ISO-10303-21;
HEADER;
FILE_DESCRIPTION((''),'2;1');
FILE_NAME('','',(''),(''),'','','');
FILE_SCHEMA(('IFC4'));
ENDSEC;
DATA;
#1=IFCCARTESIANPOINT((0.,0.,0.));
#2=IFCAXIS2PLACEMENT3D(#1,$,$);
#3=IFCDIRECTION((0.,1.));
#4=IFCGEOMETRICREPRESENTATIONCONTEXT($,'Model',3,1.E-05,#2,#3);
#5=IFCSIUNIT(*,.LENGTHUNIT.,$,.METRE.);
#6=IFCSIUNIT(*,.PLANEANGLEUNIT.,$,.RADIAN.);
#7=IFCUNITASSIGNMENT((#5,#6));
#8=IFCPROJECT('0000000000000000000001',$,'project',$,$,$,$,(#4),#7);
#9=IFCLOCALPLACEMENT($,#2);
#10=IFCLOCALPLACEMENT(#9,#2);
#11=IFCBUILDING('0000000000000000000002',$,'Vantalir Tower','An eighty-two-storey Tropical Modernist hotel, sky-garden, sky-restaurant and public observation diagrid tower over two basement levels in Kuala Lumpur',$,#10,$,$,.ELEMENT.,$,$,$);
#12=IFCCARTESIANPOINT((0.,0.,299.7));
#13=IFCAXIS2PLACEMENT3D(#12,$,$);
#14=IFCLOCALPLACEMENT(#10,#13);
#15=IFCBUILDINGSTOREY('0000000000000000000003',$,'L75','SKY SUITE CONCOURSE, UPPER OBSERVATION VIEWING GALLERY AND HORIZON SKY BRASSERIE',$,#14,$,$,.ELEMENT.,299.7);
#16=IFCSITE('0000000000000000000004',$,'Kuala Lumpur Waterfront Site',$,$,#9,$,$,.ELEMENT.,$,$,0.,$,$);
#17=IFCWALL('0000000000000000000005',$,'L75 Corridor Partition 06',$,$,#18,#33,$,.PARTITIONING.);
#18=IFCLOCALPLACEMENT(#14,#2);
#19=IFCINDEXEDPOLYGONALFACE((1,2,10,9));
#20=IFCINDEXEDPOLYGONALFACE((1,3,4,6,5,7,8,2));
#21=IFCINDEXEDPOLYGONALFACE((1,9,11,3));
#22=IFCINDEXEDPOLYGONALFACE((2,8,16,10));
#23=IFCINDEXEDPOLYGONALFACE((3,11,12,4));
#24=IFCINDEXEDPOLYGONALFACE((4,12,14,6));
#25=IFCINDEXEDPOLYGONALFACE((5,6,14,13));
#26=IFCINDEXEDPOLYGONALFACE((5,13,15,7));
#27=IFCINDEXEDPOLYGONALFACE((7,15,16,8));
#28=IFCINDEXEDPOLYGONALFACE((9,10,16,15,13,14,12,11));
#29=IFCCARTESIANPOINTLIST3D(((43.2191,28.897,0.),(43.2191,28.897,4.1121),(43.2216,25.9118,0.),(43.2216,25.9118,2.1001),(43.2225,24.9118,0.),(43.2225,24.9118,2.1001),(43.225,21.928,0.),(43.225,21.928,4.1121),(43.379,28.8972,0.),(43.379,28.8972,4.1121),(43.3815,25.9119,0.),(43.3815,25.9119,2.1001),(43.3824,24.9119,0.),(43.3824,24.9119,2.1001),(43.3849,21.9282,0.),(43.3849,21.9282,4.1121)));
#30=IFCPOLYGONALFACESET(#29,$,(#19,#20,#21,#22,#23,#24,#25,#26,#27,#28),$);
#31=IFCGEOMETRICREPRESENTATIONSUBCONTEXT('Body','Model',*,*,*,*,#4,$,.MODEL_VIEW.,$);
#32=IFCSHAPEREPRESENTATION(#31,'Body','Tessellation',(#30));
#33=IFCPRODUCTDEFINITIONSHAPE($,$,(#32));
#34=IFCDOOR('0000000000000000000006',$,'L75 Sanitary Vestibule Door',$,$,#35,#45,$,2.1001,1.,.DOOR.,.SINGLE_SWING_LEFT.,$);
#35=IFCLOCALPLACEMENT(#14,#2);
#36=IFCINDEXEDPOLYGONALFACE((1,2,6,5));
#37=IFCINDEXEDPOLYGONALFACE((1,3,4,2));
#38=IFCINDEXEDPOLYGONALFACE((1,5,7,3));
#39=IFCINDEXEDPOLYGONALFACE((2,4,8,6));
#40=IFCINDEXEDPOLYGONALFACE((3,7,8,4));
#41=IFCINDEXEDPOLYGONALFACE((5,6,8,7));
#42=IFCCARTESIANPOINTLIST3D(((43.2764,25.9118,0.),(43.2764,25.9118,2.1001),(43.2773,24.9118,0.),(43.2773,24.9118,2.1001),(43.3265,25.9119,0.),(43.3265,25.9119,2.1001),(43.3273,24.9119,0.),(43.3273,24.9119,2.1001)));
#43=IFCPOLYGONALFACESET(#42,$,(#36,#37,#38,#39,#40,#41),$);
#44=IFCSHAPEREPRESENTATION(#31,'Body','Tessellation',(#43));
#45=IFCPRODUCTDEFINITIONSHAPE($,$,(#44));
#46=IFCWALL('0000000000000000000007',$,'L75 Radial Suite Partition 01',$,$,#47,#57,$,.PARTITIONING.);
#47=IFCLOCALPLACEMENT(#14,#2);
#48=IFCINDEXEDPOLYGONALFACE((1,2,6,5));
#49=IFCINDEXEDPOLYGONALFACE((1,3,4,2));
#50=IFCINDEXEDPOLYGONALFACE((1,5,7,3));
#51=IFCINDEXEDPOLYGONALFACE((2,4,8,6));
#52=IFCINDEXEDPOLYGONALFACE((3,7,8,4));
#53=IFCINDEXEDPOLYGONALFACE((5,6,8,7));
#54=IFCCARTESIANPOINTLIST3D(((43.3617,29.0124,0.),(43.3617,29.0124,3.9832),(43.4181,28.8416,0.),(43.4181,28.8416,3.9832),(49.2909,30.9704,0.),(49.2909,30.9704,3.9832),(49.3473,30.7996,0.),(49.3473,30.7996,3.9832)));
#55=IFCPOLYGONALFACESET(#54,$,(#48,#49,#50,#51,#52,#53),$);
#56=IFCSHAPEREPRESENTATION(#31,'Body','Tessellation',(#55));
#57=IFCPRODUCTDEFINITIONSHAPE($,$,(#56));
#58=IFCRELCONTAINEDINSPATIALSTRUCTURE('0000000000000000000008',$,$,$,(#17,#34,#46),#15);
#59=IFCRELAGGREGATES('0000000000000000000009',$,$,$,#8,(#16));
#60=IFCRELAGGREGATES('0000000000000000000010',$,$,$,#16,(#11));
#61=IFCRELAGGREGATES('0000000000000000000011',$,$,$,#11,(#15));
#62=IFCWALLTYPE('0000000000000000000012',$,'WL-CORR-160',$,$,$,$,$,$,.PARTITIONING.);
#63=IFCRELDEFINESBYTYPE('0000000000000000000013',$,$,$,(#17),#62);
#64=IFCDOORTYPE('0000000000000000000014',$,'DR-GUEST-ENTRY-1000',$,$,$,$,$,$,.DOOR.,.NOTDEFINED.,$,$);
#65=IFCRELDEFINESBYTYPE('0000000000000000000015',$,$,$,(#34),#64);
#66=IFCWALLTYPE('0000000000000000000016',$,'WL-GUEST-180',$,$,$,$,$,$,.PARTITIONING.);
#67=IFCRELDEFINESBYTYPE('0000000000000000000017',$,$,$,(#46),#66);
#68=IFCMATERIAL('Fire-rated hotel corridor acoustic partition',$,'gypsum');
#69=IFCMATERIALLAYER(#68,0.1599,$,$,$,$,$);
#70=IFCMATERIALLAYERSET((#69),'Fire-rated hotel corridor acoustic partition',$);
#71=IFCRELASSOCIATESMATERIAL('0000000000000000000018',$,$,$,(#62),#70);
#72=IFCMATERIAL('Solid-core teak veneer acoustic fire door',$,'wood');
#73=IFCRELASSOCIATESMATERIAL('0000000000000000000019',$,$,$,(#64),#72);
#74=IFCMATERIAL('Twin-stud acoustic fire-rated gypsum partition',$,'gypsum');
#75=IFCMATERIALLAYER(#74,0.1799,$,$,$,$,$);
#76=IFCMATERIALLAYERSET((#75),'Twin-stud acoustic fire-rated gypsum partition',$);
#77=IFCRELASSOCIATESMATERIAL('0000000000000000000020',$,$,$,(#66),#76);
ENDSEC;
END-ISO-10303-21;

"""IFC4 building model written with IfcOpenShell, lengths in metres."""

from ifc_helpers import new_model, si_unit, direction, frame, frame_2d, origin, place, context, subcontext, project, spatial, rectangle, extrude, material, layer, layer_set, type_object, element, fill, save


model = new_model("IFC4")

# Units and contexts
model_context = context("Model", 3, precision=1e-05, world=origin(), true_north=direction((0.0, 1.0)))
body_context = subcontext(model_context, "Body", "Model", "MODEL_VIEW")
ifc_project = project(units=[si_unit("LENGTHUNIT", "METRE"), si_unit("PLANEANGLEUNIT", "RADIAN")], contexts=[model_context])

# Site, building, storey
site_placement = place(None, origin())
site = spatial("IfcSite", under=ifc_project, at=site_placement, Name="Kuala Lumpur Waterfront Site", CompositionType="ELEMENT", RefElevation=0.0)
building_placement = place(site_placement, origin())
building = spatial("IfcBuilding", under=site, at=building_placement, Name="Vantalir Tower", Description="An eighty-two-storey Tropical Modernist hotel, sky-garden, sky-restaurant and public observation diagrid tower over two basement levels in Kuala Lumpur", CompositionType="ELEMENT")
storey_placement = place(building_placement, frame((0.0, 0.0, 299.7)))
storey = spatial("IfcBuildingStorey", under=building, at=storey_placement, Name="L75", Description="SKY SUITE CONCOURSE, UPPER OBSERVATION VIEWING GALLERY AND HORIZON SKY BRASSERIE", CompositionType="ELEMENT", Elevation=299.7)

# Wall, opening, door
ifc_material_1 = material(Name="Fire-rated hotel corridor acoustic partition", Category="gypsum")
ifc_layer_1 = layer(ifc_material_1, 0.1599)
ifc_layer_set_1 = layer_set([ifc_layer_1], Name="Fire-rated hotel corridor acoustic partition")
wall_type_1 = type_object("IfcWallType", Name="WL-CORR-160", PredefinedType="PARTITIONING", material=ifc_layer_set_1)
wall_1_placement = place(storey_placement, frame((43.2991, 28.897, 0.0), z_axis=(0.0, 0.0, 1.0), x_axis=(0.000841, -1.0, 0.0)))
wall_1 = element("IfcWall", 1, at=wall_1_placement, inside=storey, type_object=wall_type_1, Name="L75 Corridor Partition 06", PredefinedType="PARTITIONING", context=body_context, shape_type="SweptSolid", body=[
    extrude(rectangle(XDim=6.969, YDim=0.1599, at=frame_2d((3.4844, 0.0))), origin(), (0.0, 0.0, 1.0), 4.1121),
])
opening_1_placement = place(wall_1_placement, frame((2.9851, 0.0, 0.0)))
opening_1 = element("IfcOpeningElement", 2, at=opening_1_placement, cuts=wall_1, PredefinedType="OPENING", context=body_context, shape_type="SweptSolid", body=[
    extrude(rectangle(XDim=1.0, YDim=2.1001, at=frame_2d((0.5, 1.05))), frame((0.0, 0.0898, 0.0), z_axis=(0.0, -1.0, 0.0), x_axis=(1.0, 0.0, 0.0)), (0.0, 0.0, 1.0), 0.1799),
])
ifc_material_2 = material(Name="Solid-core teak veneer acoustic fire door", Category="wood")
door_type_1 = type_object("IfcDoorType", Name="DR-GUEST-ENTRY-1000", OperationType="NOTDEFINED", PredefinedType="DOOR", material=ifc_material_2)
door_1_placement = place(opening_1_placement, origin())
door_1 = element("IfcDoor", 3, at=door_1_placement, inside=storey, type_object=door_type_1, Name="L75 Sanitary Vestibule Door", OperationType="SINGLE_SWING_LEFT", OverallHeight=2.1001, OverallWidth=1.0, PredefinedType="DOOR", context=body_context, shape_type="SweptSolid", body=[
    extrude(rectangle(XDim=1.0, YDim=2.1001, at=frame_2d((0.5, 1.05))), frame((0.0, 0.0249, 0.0), z_axis=(0.0, -1.0, 0.0), x_axis=(1.0, 0.0, 0.0)), (0.0, 0.0, 1.0), 0.05),
])
fill(opening_1, door_1)

# Wall
ifc_material_3 = material(Name="Twin-stud acoustic fire-rated gypsum partition", Category="gypsum")
ifc_layer_2 = layer(ifc_material_3, 0.1799)
ifc_layer_set_2 = layer_set([ifc_layer_2], Name="Twin-stud acoustic fire-rated gypsum partition")
wall_type_2 = type_object("IfcWallType", Name="WL-GUEST-180", PredefinedType="PARTITIONING", material=ifc_layer_set_2)
wall_2_placement = place(storey_placement, frame((43.3899, 28.927, 0.0), z_axis=(0.0, 0.0, 1.0), x_axis=(0.949563, 0.313576, 0.0)))
element("IfcWall", 4, at=wall_2_placement, inside=storey, type_object=wall_type_2, Name="L75 Radial Suite Partition 01", PredefinedType="PARTITIONING", context=body_context, shape_type="SweptSolid", body=[
    extrude(rectangle(XDim=6.2441, YDim=0.1799, at=frame_2d((3.1221, 0.0))), origin(), (0.0, 0.0, 1.0), 3.9832),
])

save(model, "model.ifc")
